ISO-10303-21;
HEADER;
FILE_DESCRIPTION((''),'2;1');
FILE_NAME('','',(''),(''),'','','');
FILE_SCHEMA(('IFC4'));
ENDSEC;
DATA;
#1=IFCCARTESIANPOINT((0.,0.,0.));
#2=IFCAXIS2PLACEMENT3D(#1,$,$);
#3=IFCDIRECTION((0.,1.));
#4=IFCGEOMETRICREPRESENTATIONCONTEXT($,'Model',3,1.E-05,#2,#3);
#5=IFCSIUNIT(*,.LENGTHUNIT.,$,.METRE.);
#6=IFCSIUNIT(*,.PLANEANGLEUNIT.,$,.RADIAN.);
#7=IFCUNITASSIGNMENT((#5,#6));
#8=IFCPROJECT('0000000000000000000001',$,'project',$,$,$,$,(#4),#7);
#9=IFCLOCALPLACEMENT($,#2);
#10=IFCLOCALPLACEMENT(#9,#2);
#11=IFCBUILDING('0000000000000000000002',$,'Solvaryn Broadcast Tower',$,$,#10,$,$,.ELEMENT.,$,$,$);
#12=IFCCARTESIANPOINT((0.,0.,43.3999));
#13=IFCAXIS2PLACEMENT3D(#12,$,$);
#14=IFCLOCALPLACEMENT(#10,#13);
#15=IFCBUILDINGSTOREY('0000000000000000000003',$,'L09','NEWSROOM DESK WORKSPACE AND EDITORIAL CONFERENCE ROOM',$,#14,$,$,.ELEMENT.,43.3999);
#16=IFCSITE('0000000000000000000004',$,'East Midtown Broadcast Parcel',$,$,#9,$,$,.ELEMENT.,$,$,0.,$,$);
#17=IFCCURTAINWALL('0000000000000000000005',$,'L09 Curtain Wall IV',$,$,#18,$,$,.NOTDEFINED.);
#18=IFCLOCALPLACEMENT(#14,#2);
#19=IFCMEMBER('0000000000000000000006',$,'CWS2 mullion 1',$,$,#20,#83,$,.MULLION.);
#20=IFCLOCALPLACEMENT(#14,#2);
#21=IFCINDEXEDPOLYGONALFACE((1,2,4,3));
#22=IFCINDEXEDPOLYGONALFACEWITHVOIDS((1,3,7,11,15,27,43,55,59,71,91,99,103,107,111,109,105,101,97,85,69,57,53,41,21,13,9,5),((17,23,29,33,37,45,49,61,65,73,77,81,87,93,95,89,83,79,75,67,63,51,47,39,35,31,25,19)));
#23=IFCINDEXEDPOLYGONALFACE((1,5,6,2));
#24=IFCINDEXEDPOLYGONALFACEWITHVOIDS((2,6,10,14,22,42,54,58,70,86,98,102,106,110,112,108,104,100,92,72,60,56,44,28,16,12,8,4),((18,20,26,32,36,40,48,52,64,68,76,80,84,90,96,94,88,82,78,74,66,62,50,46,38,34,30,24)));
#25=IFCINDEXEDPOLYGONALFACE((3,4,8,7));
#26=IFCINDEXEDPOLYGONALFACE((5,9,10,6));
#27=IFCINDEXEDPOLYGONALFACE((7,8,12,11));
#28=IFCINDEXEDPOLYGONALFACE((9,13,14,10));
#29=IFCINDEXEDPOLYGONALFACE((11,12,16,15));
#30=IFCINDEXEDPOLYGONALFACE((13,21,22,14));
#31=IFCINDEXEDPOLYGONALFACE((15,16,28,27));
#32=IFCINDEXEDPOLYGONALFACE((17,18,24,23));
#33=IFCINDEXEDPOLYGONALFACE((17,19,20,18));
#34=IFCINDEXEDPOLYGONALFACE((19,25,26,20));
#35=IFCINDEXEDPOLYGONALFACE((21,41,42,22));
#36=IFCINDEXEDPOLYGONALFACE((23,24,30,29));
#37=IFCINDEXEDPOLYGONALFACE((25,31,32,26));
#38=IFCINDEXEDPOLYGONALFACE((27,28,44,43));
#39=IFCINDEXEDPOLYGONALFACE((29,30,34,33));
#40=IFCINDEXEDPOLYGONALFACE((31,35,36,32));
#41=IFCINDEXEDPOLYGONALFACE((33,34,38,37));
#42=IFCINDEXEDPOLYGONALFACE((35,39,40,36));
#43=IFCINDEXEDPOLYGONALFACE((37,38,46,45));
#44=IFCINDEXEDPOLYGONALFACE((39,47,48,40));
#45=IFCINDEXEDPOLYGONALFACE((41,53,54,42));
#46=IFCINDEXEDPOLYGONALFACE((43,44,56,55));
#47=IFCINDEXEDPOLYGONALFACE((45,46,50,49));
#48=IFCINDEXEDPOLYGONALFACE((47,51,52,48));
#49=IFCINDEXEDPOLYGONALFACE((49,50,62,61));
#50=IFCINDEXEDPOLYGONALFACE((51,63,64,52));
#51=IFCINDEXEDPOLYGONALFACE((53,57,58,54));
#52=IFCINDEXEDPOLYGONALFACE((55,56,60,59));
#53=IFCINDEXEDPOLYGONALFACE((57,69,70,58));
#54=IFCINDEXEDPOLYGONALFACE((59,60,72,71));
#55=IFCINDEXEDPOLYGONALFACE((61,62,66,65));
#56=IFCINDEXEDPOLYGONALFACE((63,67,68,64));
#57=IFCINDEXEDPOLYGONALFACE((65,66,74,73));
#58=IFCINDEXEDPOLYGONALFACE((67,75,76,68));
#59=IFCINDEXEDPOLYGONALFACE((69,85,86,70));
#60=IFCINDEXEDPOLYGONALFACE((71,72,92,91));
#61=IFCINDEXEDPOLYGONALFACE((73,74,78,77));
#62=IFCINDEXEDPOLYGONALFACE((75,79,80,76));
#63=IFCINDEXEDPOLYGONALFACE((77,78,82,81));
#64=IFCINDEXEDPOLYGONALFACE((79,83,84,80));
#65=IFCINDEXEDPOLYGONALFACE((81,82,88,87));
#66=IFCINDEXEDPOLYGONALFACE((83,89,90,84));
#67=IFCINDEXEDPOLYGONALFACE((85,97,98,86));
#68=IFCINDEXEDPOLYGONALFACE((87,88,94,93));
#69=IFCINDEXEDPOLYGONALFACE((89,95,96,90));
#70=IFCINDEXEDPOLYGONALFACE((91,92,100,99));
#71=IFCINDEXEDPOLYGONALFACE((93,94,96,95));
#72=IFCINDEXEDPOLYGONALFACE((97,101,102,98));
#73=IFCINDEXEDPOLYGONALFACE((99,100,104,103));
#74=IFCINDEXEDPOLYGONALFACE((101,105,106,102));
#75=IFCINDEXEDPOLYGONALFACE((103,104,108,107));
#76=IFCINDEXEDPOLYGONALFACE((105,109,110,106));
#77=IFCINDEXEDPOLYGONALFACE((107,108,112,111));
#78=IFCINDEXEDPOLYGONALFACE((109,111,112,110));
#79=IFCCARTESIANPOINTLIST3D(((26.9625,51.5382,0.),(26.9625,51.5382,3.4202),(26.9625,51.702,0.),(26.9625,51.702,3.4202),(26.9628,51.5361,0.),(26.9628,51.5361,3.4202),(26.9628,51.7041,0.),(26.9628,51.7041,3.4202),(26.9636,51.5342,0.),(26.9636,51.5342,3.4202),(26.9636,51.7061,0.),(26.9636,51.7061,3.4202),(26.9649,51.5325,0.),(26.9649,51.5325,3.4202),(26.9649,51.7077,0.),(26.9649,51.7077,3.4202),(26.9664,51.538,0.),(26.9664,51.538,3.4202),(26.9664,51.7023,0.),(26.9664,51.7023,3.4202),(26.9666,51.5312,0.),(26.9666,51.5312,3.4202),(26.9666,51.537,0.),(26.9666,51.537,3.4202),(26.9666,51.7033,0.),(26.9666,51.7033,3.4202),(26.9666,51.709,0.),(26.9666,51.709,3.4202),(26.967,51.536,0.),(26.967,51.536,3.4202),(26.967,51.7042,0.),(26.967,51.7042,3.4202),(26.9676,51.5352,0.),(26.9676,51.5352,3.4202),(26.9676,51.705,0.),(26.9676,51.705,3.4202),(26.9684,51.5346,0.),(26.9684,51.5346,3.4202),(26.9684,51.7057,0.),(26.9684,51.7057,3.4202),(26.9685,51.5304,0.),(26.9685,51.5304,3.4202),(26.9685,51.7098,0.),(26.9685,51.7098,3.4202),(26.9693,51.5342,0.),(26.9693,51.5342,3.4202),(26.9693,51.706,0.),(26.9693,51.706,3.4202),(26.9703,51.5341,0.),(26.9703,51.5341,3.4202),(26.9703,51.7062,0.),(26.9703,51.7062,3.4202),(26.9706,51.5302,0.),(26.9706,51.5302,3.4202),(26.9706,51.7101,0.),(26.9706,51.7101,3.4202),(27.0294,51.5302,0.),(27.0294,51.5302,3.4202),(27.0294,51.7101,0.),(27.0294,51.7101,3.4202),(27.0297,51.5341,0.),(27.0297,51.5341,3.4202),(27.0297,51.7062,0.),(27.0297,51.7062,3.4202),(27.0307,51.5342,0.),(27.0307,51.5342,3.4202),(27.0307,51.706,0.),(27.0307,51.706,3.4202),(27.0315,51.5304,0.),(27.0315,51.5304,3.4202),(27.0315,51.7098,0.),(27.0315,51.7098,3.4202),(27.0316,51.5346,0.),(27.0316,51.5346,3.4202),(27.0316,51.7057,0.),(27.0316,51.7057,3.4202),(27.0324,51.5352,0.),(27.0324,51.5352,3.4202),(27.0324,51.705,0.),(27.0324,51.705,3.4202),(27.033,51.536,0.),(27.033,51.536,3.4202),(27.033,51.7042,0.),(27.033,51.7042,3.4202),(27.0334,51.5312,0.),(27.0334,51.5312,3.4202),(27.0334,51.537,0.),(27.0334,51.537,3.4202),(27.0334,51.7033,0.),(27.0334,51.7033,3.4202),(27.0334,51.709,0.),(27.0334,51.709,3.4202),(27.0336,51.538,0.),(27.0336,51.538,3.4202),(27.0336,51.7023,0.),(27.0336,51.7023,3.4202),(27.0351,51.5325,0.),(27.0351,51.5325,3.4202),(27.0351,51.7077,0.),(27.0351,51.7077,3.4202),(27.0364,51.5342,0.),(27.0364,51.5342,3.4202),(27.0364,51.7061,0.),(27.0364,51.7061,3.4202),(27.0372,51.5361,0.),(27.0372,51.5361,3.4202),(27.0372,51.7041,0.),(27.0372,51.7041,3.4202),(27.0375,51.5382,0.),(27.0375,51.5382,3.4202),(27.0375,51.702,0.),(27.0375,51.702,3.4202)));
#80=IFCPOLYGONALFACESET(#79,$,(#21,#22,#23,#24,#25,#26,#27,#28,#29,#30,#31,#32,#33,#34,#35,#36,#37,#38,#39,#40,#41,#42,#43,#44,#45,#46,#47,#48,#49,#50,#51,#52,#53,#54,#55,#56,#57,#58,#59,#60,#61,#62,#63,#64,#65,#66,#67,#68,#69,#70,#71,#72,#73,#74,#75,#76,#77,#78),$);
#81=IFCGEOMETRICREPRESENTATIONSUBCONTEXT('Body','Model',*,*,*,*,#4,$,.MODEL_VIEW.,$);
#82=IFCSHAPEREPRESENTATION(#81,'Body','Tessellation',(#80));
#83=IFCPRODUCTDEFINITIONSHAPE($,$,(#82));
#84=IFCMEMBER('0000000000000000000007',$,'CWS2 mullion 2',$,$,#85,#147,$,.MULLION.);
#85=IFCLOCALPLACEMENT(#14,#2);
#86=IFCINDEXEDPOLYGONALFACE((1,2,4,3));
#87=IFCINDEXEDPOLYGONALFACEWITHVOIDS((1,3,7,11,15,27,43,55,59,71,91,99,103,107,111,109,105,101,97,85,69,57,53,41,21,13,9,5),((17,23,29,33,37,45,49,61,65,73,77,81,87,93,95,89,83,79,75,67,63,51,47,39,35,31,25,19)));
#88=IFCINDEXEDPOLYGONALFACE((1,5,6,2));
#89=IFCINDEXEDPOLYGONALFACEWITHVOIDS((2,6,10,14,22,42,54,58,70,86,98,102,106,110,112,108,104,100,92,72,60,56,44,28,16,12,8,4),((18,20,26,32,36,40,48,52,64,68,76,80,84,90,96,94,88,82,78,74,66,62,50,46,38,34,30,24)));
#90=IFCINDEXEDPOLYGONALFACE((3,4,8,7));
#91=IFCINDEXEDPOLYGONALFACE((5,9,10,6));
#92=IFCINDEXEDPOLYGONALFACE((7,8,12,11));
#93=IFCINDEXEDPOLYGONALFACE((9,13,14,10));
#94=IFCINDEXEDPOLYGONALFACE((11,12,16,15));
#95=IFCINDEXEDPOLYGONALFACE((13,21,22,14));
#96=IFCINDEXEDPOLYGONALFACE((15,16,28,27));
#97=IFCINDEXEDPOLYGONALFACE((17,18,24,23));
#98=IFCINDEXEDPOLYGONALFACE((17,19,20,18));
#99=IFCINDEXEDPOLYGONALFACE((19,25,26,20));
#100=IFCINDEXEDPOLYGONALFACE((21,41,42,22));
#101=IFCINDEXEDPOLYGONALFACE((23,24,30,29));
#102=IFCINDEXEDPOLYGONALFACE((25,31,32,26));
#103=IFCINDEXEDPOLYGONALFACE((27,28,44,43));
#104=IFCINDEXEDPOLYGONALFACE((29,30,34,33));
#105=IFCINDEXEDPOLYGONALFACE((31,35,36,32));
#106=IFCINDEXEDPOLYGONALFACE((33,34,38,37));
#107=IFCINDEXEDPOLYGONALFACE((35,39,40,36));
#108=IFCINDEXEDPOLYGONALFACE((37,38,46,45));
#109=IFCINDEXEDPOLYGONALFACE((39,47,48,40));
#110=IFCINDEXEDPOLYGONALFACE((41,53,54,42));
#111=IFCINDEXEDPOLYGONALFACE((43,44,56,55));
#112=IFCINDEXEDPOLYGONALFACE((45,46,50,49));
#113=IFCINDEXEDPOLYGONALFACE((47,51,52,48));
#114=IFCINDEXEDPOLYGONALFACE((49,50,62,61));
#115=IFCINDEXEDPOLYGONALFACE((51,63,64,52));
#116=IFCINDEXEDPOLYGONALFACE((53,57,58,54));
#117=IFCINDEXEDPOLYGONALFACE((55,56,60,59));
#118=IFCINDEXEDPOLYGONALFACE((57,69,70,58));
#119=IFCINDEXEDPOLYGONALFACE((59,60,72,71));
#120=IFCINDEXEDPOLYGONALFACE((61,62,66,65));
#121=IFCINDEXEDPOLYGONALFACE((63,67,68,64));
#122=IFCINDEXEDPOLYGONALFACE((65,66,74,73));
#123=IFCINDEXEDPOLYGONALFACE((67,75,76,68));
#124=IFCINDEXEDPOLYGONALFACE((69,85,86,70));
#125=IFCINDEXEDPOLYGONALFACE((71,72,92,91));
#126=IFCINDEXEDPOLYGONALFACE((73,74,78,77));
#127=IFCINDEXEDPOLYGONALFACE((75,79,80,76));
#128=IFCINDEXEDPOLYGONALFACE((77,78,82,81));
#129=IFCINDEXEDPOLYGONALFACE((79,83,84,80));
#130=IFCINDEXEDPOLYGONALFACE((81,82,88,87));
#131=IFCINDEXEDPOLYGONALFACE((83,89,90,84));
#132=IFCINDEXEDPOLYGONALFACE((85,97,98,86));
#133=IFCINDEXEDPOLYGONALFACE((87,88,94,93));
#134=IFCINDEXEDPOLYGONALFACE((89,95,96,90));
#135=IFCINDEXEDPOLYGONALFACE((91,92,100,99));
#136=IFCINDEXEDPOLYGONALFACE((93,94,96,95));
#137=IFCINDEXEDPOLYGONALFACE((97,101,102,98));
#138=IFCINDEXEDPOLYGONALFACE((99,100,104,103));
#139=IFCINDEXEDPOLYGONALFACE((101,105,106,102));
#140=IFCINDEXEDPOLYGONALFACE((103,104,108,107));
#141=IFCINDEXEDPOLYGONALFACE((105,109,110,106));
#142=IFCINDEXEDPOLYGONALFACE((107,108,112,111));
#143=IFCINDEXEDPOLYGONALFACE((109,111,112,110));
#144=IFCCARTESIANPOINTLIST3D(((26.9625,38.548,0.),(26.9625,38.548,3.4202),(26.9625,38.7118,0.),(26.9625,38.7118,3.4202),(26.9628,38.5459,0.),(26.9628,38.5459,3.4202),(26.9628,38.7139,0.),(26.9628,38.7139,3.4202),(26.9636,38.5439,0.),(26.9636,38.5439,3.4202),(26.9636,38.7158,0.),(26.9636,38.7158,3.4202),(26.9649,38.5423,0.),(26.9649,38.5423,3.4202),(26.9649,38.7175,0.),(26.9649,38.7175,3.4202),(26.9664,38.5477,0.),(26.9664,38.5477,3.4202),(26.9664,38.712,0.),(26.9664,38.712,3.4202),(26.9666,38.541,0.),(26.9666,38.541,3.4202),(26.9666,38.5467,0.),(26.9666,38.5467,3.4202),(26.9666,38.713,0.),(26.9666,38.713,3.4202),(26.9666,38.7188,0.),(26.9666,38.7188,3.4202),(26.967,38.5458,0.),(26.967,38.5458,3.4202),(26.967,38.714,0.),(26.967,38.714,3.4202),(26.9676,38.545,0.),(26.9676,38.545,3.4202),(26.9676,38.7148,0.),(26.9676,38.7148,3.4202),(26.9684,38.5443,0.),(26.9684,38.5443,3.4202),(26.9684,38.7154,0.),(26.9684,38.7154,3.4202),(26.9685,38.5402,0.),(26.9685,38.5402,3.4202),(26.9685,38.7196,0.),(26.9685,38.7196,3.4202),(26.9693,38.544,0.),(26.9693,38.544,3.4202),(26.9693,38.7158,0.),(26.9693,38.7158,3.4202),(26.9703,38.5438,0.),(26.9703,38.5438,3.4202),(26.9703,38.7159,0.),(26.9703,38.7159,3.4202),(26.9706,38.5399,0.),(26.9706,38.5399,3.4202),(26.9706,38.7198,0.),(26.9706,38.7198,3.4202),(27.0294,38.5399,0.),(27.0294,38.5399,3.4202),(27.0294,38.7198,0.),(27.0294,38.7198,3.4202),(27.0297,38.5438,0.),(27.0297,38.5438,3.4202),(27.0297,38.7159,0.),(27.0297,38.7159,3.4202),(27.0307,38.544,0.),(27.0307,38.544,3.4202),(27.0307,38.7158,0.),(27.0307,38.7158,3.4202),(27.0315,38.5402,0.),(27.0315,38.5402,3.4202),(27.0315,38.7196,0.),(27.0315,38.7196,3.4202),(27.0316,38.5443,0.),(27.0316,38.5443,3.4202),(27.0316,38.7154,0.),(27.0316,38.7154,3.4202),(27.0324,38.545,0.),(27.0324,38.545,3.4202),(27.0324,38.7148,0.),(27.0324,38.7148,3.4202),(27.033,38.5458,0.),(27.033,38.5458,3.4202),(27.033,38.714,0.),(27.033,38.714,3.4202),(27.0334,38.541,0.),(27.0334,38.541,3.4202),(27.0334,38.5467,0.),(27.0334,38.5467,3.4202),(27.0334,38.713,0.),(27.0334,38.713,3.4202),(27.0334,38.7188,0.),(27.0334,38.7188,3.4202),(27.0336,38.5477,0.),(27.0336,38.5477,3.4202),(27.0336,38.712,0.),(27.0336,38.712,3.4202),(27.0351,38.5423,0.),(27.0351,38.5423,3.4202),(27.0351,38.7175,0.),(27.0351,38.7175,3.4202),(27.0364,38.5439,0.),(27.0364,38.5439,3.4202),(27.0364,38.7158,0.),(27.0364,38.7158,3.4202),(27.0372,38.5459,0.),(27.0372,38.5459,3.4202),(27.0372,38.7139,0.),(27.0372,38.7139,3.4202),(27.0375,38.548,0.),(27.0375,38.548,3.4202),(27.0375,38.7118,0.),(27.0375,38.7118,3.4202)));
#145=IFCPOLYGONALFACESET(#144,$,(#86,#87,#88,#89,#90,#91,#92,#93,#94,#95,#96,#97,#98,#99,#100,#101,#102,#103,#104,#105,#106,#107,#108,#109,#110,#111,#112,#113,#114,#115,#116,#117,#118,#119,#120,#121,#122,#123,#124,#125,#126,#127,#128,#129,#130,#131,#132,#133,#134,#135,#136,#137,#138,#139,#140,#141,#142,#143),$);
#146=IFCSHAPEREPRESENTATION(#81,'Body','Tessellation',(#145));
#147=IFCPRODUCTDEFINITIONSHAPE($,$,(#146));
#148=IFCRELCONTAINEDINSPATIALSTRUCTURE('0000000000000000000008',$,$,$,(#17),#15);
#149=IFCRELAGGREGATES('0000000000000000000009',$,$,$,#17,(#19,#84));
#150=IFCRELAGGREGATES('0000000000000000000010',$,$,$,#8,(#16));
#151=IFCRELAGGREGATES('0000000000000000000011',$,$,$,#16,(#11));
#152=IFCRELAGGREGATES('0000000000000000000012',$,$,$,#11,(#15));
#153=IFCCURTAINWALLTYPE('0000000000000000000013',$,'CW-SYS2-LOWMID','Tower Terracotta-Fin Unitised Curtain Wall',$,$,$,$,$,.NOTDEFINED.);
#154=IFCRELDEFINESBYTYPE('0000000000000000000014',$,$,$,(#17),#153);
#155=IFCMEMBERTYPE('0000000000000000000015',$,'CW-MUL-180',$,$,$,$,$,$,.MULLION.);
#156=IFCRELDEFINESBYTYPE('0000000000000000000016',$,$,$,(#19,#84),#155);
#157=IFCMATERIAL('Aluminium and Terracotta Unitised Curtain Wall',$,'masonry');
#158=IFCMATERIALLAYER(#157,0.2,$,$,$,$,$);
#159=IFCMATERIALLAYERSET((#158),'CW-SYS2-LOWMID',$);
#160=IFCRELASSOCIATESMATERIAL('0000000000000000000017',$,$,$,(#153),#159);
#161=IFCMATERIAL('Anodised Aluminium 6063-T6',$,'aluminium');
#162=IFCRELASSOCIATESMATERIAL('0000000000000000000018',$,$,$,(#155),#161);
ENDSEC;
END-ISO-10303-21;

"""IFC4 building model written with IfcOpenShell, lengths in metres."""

from ifc_helpers import new_model, si_unit, direction, frame, origin, origin_2d, place, context, subcontext, project, spatial, hollow_rectangle, extrude, material, layer, layer_set, material_profile, profile_set, type_object, element, aggregate, save


model = new_model("IFC4")

# Units and contexts
model_context = context("Model", 3, precision=1e-05, world=origin(), true_north=direction((0.0, 1.0)))
body_context = subcontext(model_context, "Body", "Model", "MODEL_VIEW")
ifc_project = project(units=[si_unit("LENGTHUNIT", "METRE"), si_unit("PLANEANGLEUNIT", "RADIAN")], contexts=[model_context])

# Site, building, storey
site_placement = place(None, origin())
site = spatial("IfcSite", under=ifc_project, at=site_placement, Name="East Midtown Broadcast Parcel", CompositionType="ELEMENT", RefElevation=0.0)
building_placement = place(site_placement, origin())
building = spatial("IfcBuilding", under=site, at=building_placement, Name="Solvaryn Broadcast Tower", CompositionType="ELEMENT")
storey_placement = place(building_placement, frame((0.0, 0.0, 43.3999)))
storey = spatial("IfcBuildingStorey", under=building, at=storey_placement, Name="L09", Description="NEWSROOM DESK WORKSPACE AND EDITORIAL CONFERENCE ROOM", CompositionType="ELEMENT", Elevation=43.3999)

# Curtain wall, members
ifc_material_1 = material(Name="Aluminium and Terracotta Unitised Curtain Wall", Category="masonry")
ifc_layer_1 = layer(ifc_material_1, 0.2)
ifc_layer_set_1 = layer_set([ifc_layer_1], Name="CW-SYS2-LOWMID")
curtain_wall_type = type_object("IfcCurtainWallType", Name="CW-SYS2-LOWMID", Description="Tower Terracotta-Fin Unitised Curtain Wall", PredefinedType="NOTDEFINED", material=ifc_layer_set_1)
curtain_wall_1_placement = place(storey_placement, origin())
curtain_wall_1 = element("IfcCurtainWall", 1, at=curtain_wall_1_placement, inside=storey, type_object=curtain_wall_type, Name="L09 Curtain Wall IV", PredefinedType="NOTDEFINED")
ifc_material_2 = material(Name="Anodised Aluminium 6063-T6", Category="aluminium")
ifc_material_profile_1 = material_profile(ifc_material_2, hollow_rectangle(XDim=0.075, YDim=0.1799, WallThickness=0.0039, InnerFilletRadius=0.0039, OuterFilletRadius=0.0081, at=origin_2d()))
ifc_profile_set_1 = profile_set([ifc_material_profile_1], Name="Anodised Aluminium 6063-T6")
member_type_1 = type_object("IfcMemberType", Name="CW-MUL-180", PredefinedType="MULLION", material=ifc_profile_set_1)
member_1_placement = place(storey_placement, frame((27.0, 51.6201, 0.0), z_axis=(0.0, 0.0, 1.0), x_axis=(1.0, 0.0, 0.0)))
member_1 = element("IfcMember", 2, at=member_1_placement, type_object=member_type_1, Name="CWS2 mullion 1", PredefinedType="MULLION", context=body_context, shape_type="SweptSolid", body=[
    extrude(hollow_rectangle(XDim=0.075, YDim=0.1799, WallThickness=0.0039, InnerFilletRadius=0.0039, OuterFilletRadius=0.0081, at=origin_2d()), origin(), (0.0, 0.0, 1.0), 3.4202),
])
member_2_placement = place(storey_placement, frame((27.0, 38.6299, 0.0), z_axis=(0.0, 0.0, 1.0), x_axis=(1.0, 0.0, 0.0)))
member_2 = element("IfcMember", 3, at=member_2_placement, type_object=member_type_1, Name="CWS2 mullion 2", PredefinedType="MULLION", context=body_context, shape_type="SweptSolid", body=[
    extrude(hollow_rectangle(XDim=0.075, YDim=0.1799, WallThickness=0.0039, InnerFilletRadius=0.0039, OuterFilletRadius=0.0081, at=origin_2d()), origin(), (0.0, 0.0, 1.0), 3.4202),
])

aggregate(curtain_wall_1, [member_1, member_2])

save(model, "model.ifc")
